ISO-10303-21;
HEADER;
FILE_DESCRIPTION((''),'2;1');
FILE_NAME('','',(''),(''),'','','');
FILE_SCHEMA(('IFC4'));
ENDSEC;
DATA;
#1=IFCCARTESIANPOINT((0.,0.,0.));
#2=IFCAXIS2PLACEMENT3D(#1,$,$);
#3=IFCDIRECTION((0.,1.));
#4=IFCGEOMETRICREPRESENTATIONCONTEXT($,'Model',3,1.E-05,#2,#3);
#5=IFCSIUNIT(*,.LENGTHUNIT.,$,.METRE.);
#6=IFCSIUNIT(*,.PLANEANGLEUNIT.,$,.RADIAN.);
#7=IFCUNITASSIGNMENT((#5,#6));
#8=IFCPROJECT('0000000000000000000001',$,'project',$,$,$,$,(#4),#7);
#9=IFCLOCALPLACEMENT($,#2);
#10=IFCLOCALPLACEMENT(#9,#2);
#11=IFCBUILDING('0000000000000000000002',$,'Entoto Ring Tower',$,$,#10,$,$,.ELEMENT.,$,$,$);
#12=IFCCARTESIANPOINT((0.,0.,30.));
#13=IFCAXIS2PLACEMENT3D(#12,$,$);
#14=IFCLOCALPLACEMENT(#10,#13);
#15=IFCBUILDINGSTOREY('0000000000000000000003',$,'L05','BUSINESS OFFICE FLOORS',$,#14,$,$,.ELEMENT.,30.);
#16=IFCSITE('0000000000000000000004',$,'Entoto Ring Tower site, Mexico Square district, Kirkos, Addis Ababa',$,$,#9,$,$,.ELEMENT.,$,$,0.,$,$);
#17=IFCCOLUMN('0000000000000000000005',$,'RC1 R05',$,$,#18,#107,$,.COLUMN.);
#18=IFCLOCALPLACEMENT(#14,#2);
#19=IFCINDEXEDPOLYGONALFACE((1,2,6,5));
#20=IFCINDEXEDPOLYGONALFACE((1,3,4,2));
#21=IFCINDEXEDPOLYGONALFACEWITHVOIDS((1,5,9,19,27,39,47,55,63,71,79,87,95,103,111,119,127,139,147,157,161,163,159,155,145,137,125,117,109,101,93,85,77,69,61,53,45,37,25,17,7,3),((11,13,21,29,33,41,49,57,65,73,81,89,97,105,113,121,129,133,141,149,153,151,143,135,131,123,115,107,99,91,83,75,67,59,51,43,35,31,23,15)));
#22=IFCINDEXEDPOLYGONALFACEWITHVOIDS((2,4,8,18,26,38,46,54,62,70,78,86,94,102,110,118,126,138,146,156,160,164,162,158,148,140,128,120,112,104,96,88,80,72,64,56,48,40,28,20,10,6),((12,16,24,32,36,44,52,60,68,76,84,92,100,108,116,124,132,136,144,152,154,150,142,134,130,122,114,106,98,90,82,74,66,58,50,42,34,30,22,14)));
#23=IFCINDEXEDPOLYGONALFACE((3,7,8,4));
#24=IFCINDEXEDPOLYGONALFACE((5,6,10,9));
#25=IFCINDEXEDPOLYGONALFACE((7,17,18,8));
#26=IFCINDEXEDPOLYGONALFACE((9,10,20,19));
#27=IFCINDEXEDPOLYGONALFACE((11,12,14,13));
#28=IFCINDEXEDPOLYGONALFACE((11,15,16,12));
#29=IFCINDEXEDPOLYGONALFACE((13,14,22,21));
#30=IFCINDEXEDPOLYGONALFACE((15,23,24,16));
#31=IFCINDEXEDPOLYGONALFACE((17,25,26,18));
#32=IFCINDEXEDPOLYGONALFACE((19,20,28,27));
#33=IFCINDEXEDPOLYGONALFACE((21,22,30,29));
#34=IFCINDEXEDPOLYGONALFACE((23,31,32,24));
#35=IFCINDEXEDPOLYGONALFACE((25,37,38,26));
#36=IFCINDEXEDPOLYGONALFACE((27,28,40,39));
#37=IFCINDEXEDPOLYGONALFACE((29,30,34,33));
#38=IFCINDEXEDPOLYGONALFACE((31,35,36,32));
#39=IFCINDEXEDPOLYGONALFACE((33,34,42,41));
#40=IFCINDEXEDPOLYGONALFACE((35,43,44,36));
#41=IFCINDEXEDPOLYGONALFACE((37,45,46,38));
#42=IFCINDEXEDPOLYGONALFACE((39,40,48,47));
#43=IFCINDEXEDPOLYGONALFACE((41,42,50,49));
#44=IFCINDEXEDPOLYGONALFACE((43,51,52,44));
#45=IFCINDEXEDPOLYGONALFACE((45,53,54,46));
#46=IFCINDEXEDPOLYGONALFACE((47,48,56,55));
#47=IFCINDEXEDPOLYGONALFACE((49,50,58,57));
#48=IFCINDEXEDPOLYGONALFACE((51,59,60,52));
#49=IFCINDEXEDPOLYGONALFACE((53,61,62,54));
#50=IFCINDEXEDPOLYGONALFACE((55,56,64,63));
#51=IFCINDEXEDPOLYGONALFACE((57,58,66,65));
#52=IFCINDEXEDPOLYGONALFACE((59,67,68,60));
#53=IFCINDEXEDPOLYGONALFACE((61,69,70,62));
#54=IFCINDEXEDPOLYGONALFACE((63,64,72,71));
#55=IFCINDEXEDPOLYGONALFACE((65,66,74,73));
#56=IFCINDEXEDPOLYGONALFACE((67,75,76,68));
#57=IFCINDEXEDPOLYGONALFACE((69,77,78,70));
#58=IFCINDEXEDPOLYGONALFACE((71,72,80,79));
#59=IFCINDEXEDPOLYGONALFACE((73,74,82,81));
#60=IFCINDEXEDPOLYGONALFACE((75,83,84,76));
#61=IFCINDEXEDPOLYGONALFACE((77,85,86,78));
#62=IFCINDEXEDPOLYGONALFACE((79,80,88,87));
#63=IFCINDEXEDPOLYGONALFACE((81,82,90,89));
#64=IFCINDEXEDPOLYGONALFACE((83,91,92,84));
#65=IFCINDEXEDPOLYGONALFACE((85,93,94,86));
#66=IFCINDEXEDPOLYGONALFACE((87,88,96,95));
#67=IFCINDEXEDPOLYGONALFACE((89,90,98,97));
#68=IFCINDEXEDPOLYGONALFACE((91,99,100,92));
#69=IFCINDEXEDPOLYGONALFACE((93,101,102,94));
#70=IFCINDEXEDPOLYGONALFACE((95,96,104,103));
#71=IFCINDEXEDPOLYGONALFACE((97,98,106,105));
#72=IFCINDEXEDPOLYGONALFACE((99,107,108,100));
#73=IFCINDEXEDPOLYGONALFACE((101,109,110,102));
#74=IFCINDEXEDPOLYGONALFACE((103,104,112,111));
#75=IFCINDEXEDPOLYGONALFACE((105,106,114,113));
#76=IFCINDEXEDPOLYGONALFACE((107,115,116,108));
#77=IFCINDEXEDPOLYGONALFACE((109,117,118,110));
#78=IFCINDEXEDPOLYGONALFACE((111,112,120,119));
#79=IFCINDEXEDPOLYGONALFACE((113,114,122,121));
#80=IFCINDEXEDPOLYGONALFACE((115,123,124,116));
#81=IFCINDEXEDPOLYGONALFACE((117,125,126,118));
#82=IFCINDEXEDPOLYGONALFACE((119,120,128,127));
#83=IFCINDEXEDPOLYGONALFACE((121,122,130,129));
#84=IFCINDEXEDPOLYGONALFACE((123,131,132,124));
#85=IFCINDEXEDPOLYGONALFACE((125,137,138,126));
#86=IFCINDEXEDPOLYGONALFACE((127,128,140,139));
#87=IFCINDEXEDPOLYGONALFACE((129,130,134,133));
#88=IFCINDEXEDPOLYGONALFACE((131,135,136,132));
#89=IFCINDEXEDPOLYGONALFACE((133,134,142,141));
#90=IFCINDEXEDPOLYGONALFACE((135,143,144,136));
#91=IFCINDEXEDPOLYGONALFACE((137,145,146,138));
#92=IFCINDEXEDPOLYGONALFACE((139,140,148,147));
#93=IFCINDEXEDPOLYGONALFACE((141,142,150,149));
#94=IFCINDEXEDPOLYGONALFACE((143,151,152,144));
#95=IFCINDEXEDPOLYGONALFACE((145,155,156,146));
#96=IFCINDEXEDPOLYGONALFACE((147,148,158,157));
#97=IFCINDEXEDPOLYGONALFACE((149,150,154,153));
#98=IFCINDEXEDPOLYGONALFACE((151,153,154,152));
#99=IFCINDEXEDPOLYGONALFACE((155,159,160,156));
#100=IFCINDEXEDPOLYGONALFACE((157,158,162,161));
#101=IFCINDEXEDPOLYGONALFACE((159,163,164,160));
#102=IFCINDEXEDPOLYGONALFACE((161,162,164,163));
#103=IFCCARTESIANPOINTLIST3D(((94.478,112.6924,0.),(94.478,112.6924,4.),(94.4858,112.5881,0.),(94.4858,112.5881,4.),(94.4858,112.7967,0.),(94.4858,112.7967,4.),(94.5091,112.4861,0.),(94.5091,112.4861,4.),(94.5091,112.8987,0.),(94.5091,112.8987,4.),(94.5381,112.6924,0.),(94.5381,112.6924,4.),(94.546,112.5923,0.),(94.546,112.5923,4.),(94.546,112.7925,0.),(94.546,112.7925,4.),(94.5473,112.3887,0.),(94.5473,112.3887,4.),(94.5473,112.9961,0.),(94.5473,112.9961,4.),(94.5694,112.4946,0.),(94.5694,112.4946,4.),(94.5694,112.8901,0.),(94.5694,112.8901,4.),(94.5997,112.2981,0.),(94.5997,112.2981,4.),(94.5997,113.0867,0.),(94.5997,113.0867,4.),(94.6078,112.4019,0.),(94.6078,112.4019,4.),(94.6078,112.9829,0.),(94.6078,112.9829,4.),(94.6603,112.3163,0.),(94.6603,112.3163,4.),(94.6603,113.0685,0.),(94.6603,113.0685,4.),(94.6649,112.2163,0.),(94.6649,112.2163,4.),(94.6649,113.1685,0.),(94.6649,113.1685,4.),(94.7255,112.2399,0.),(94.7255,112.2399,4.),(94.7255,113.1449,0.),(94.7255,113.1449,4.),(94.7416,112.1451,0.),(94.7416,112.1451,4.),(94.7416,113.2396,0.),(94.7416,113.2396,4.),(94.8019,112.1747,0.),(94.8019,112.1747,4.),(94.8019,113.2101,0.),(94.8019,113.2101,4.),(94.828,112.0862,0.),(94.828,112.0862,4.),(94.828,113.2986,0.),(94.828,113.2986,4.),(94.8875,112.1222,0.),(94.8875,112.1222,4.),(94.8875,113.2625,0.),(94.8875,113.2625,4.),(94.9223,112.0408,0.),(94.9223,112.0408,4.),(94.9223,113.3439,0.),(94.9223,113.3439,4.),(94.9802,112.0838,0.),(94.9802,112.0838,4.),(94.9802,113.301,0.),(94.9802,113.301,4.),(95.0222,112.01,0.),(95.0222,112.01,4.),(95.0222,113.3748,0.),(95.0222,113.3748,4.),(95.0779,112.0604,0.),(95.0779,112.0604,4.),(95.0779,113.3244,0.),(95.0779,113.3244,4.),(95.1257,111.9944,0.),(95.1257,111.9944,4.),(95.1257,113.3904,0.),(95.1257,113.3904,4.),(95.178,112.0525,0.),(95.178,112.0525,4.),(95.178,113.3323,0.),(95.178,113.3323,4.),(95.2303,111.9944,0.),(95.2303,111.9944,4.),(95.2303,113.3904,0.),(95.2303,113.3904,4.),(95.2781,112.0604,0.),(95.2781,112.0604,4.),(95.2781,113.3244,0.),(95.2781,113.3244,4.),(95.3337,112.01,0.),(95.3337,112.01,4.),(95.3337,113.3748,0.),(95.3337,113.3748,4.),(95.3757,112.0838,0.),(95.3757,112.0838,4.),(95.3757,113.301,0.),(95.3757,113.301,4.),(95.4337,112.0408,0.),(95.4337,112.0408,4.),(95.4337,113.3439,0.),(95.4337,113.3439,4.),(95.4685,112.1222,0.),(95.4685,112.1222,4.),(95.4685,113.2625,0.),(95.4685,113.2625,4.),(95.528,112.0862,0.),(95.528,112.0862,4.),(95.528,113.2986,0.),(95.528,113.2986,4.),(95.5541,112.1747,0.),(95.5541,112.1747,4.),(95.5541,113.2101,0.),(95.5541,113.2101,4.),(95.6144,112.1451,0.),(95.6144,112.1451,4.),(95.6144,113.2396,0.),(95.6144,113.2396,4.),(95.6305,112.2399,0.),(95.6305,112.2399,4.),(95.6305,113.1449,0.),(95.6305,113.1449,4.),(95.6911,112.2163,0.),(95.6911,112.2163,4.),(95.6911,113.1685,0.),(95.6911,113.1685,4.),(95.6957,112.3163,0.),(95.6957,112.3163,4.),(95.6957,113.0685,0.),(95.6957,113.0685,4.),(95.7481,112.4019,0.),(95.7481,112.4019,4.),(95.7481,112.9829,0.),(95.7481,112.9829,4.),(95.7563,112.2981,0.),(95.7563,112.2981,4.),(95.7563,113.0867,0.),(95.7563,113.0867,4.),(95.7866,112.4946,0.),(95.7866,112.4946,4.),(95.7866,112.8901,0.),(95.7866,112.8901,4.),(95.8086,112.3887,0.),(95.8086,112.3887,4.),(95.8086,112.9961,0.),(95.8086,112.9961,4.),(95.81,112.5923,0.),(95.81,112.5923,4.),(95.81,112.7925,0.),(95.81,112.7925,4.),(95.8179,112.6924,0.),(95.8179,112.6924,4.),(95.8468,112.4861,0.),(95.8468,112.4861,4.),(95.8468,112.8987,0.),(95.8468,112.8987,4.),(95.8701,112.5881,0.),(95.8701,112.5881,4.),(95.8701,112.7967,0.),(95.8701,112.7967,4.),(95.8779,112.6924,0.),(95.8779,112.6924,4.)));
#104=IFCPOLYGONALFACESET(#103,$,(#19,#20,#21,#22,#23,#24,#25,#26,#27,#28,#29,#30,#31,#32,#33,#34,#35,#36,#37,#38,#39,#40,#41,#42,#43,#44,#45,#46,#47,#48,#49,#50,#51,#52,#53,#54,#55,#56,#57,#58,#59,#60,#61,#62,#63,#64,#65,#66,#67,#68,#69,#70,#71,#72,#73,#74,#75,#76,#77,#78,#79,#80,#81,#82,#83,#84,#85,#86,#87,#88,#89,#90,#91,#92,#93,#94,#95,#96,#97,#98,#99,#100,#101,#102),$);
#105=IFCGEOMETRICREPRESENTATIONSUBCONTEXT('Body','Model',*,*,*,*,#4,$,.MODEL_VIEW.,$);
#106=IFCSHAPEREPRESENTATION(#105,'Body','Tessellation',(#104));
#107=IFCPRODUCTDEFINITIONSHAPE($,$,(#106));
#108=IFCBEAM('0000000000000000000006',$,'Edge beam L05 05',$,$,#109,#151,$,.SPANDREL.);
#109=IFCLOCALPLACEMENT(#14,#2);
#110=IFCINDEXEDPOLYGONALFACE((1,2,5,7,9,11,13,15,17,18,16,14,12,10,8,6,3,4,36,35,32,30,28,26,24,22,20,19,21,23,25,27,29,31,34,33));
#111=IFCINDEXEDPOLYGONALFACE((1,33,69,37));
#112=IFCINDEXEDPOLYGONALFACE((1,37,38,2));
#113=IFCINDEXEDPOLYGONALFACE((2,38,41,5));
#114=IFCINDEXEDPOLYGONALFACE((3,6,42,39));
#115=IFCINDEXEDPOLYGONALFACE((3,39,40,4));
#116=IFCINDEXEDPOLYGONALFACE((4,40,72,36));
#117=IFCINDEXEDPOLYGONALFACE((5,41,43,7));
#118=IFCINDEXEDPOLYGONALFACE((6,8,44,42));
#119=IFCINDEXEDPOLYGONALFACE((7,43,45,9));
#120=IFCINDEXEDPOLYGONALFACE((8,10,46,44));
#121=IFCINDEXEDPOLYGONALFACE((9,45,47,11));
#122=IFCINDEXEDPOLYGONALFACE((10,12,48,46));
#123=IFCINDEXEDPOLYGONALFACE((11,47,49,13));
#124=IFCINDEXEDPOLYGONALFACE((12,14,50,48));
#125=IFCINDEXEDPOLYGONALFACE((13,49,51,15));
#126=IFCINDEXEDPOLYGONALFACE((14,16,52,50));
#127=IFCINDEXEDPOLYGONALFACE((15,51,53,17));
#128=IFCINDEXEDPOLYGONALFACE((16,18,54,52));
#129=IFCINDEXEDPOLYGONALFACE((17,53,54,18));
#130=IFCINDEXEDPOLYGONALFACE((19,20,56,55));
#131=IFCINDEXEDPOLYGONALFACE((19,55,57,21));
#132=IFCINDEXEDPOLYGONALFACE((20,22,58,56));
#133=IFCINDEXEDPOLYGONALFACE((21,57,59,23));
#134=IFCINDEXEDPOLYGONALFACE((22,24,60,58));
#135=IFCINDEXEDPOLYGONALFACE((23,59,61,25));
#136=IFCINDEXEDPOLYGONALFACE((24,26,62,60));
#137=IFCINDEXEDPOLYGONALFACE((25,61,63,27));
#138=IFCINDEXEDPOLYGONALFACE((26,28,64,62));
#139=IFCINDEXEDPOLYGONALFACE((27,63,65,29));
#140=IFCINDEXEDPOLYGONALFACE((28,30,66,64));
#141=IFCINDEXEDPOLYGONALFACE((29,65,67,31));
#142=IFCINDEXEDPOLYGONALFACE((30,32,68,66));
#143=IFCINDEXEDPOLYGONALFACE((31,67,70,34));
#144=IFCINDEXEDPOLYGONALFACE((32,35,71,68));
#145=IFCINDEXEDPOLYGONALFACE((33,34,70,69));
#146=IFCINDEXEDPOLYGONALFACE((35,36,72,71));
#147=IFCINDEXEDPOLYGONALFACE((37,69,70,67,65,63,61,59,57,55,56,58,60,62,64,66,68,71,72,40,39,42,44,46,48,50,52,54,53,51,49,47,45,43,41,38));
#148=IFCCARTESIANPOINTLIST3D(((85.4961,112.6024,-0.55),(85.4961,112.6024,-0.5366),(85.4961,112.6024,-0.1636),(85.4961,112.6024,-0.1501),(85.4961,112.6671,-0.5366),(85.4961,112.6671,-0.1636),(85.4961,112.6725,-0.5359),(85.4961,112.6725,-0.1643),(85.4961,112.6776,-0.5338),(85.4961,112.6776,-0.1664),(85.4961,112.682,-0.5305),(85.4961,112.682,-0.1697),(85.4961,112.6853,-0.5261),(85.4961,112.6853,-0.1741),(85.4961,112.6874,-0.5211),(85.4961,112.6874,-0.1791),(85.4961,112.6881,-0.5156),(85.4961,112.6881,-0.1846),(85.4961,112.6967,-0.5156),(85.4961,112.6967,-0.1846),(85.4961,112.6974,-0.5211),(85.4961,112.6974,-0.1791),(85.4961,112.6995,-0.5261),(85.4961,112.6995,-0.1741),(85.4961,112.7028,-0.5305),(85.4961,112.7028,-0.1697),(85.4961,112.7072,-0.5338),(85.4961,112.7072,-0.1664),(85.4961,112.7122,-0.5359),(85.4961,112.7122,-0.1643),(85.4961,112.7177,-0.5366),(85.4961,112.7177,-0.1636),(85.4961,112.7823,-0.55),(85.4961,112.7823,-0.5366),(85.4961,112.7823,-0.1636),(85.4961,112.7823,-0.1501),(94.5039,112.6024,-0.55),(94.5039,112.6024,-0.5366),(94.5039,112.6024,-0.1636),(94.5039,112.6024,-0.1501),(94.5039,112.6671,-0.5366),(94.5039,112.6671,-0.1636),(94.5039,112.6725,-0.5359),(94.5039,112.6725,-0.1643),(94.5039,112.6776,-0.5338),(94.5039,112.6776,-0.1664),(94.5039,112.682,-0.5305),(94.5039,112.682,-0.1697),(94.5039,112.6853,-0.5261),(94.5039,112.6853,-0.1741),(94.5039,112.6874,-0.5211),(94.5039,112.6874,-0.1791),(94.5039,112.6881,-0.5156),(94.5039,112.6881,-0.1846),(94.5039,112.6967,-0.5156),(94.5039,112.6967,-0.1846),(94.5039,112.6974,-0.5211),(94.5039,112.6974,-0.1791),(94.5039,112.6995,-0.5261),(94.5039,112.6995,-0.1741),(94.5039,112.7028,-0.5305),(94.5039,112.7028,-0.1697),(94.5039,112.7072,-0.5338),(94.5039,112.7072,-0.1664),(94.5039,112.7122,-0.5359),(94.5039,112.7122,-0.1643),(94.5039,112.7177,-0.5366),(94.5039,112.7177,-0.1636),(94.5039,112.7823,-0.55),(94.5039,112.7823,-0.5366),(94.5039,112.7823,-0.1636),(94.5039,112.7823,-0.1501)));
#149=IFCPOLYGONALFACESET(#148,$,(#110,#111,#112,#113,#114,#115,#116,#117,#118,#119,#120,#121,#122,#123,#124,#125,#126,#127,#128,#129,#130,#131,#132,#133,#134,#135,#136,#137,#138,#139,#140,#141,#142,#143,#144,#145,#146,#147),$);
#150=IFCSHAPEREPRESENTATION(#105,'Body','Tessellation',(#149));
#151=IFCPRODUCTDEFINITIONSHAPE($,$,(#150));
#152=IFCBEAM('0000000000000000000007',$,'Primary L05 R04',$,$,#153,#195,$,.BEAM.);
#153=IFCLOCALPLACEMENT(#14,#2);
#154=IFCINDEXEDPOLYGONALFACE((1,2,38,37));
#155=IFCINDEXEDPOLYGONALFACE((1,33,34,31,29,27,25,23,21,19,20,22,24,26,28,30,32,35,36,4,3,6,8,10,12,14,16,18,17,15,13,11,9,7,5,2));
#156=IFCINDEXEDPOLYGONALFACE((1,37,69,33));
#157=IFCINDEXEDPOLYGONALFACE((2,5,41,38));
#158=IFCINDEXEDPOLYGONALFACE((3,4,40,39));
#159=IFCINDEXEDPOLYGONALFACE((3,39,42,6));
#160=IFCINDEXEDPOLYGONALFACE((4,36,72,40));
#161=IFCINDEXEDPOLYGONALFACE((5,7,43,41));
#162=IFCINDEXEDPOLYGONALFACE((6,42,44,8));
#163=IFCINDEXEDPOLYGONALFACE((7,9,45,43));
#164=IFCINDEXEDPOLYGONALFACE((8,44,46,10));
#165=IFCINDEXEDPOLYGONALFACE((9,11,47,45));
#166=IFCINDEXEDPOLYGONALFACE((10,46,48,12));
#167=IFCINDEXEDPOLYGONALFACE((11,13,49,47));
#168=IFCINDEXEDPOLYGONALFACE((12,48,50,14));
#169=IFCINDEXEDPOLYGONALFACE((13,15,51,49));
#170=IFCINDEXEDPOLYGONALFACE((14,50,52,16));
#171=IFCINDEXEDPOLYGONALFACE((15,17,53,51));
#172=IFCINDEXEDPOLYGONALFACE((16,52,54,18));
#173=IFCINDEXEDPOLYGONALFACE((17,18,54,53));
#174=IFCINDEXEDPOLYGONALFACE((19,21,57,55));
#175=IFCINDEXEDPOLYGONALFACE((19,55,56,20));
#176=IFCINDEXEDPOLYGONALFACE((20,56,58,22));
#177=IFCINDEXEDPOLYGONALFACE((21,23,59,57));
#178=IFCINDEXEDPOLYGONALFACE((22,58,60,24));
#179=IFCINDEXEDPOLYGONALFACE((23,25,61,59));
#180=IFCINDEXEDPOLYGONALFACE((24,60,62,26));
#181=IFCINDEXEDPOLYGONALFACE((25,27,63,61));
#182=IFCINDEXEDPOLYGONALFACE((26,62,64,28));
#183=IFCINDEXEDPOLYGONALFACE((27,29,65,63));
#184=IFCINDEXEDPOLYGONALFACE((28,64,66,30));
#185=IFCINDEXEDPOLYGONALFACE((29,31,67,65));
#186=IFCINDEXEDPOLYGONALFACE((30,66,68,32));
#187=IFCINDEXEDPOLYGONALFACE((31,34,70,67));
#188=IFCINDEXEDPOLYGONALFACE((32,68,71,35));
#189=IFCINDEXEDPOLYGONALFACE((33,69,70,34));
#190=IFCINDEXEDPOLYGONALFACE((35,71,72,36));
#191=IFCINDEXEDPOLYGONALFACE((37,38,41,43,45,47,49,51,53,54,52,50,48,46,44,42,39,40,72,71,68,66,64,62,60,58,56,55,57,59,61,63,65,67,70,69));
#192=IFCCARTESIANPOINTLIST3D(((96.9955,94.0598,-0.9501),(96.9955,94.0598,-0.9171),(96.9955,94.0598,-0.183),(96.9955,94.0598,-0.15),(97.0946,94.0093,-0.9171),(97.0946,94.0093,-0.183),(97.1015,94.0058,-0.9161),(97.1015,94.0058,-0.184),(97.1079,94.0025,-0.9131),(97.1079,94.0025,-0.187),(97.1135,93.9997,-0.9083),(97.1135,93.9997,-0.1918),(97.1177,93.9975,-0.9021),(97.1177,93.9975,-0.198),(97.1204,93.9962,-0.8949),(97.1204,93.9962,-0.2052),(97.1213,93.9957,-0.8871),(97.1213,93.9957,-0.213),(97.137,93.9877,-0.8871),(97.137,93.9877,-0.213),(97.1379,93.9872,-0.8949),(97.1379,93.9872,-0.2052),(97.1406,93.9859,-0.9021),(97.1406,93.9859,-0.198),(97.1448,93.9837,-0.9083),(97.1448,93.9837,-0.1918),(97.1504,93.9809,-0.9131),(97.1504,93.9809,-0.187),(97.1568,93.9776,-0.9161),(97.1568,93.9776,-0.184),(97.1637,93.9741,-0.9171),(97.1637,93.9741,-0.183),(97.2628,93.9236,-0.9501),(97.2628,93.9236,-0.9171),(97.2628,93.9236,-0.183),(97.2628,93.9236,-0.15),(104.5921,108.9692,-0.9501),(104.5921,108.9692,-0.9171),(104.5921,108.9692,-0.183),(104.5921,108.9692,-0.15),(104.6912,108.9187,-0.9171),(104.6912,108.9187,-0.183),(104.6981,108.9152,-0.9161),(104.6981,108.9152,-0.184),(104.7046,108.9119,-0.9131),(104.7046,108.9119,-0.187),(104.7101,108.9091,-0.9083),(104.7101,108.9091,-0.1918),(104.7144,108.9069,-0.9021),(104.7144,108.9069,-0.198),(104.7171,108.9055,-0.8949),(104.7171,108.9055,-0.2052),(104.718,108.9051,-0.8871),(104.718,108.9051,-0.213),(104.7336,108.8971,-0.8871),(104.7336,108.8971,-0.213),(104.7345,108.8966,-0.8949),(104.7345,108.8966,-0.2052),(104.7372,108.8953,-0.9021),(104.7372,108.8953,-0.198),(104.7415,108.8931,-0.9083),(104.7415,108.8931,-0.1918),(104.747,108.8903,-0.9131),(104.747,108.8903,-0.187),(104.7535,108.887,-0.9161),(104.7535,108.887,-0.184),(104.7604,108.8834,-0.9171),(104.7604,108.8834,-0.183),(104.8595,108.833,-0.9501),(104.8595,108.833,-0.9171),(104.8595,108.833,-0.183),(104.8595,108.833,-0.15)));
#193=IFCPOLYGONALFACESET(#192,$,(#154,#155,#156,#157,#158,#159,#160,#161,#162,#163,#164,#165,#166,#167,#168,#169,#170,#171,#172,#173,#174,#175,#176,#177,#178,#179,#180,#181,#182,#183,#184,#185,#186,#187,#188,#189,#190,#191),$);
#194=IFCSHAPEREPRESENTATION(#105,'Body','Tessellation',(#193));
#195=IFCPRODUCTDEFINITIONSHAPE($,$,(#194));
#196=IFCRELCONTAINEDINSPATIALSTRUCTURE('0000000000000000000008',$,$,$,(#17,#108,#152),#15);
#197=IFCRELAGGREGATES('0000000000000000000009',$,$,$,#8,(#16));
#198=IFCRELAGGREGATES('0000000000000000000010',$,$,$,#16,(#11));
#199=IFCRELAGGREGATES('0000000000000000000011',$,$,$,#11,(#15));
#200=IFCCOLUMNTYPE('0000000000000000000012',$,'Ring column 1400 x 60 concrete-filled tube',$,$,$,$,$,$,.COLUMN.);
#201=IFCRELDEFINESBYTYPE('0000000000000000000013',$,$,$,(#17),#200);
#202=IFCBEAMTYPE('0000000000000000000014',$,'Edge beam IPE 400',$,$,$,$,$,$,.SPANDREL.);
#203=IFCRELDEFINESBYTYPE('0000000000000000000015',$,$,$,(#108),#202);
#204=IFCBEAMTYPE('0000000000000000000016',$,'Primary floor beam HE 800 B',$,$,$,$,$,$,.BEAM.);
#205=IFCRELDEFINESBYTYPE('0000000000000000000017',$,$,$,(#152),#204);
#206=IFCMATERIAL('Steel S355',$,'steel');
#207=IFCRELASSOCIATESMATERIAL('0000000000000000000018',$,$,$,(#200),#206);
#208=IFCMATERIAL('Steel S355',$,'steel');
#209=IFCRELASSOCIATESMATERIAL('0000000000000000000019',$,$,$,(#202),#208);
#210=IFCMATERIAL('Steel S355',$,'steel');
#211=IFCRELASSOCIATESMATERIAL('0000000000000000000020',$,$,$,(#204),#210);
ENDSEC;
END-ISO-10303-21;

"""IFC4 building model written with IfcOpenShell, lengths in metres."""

from ifc_helpers import new_model, si_unit, direction, frame, origin, origin_2d, place, context, subcontext, project, spatial, circle, hollow_circle, i_section, extrude, material, material_profile, profile_set, type_object, element, save


model = new_model("IFC4")

# Units and contexts
model_context = context("Model", 3, precision=1e-05, world=origin(), true_north=direction((0.0, 1.0)))
body_context = subcontext(model_context, "Body", "Model", "MODEL_VIEW")
ifc_project = project(units=[si_unit("LENGTHUNIT", "METRE"), si_unit("PLANEANGLEUNIT", "RADIAN")], contexts=[model_context])

# Site, building, storey
site_placement = place(None, origin())
site = spatial("IfcSite", under=ifc_project, at=site_placement, Name="Entoto Ring Tower site, Mexico Square district, Kirkos, Addis Ababa", CompositionType="ELEMENT", RefElevation=0.0)
building_placement = place(site_placement, origin())
building = spatial("IfcBuilding", under=site, at=building_placement, Name="Entoto Ring Tower", CompositionType="ELEMENT")
storey_placement = place(building_placement, frame((0.0, 0.0, 30.0)))
storey = spatial("IfcBuildingStorey", under=building, at=storey_placement, Name="L05", Description="BUSINESS OFFICE FLOORS", CompositionType="ELEMENT", Elevation=30.0)

# Column
ifc_material_1 = material(Name="Steel S355", Category="steel")
ifc_material_profile_1 = material_profile(ifc_material_1, hollow_circle(Radius=0.7, WallThickness=0.0601, at=origin_2d()), Name="CHS 1400 x 60")
ifc_material_2 = material(Name="Concrete C60/75", Category="concrete")
ifc_material_profile_2 = material_profile(ifc_material_2, circle(Radius=0.6399, at=origin_2d()), Name="Concrete C60/75 infill")
ifc_profile_set_1 = profile_set([ifc_material_profile_1, ifc_material_profile_2], Name="Steel S355")
column_type = type_object("IfcColumnType", Name="Ring column 1400 x 60 concrete-filled tube", PredefinedType="COLUMN", material=ifc_profile_set_1)
column_placement = place(storey_placement, frame((95.178, 112.6924, 0.0), z_axis=(0.0, 0.0, 1.0), x_axis=(1.0, 0.0, 0.0)))
element("IfcColumn", 1, at=column_placement, inside=storey, type_object=column_type, Name="RC1 R05", PredefinedType="COLUMN", context=body_context, shape_type="SweptSolid", body=[
    extrude(hollow_circle(Radius=0.7, WallThickness=0.0601, at=origin_2d()), origin(), (0.0, 0.0, 1.0), 4.0),
])

# Beams
ifc_material_3 = material(Name="Steel S355", Category="steel")
ifc_material_profile_3 = material_profile(ifc_material_3, i_section(OverallWidth=0.1799, OverallDepth=0.3999, WebThickness=0.0085, FlangeThickness=0.0134, FilletRadius=0.021, at=origin_2d()), Name="IPE 400")
ifc_profile_set_2 = profile_set([ifc_material_profile_3], Name="Steel S355")
beam_type_1 = type_object("IfcBeamType", Name="Edge beam IPE 400", PredefinedType="SPANDREL", material=ifc_profile_set_2)
beam_1_placement = place(storey_placement, frame((94.5039, 112.6924, -0.3501), z_axis=(-1.0, 0.0, 0.0), x_axis=(0.0, -1.0, 0.0)))
element("IfcBeam", 2, at=beam_1_placement, inside=storey, type_object=beam_type_1, Name="Edge beam L05 05", PredefinedType="SPANDREL", context=body_context, shape_type="SweptSolid", body=[
    extrude(i_section(OverallWidth=0.1799, OverallDepth=0.3999, WebThickness=0.0085, FlangeThickness=0.0134, FilletRadius=0.021, at=origin_2d()), origin(), (0.0, 0.0, 1.0), 9.0078),
])
ifc_material_4 = material(Name="Steel S355", Category="steel")
ifc_material_profile_4 = material_profile(ifc_material_4, i_section(OverallWidth=0.3, OverallDepth=0.8, WebThickness=0.0176, FlangeThickness=0.033, FilletRadius=0.03, at=origin_2d()), Name="HE 800 B")
ifc_profile_set_3 = profile_set([ifc_material_profile_4], Name="Steel S355")
beam_type_2 = type_object("IfcBeamType", Name="Primary floor beam HE 800 B", PredefinedType="BEAM", material=ifc_profile_set_3)
beam_2_placement = place(storey_placement, frame((97.1292, 93.9917, -0.55), z_axis=(0.453988, 0.891008, 0.0), x_axis=(-0.891008, 0.453988, 0.0)))
element("IfcBeam", 3, at=beam_2_placement, inside=storey, type_object=beam_type_2, Name="Primary L05 R04", PredefinedType="BEAM", context=body_context, shape_type="SweptSolid", body=[
    extrude(i_section(OverallWidth=0.3, OverallDepth=0.8, WebThickness=0.0176, FlangeThickness=0.033, FilletRadius=0.03, at=origin_2d()), origin(), (0.0, 0.0, 1.0), 16.7332),
])

save(model, "model.ifc")
